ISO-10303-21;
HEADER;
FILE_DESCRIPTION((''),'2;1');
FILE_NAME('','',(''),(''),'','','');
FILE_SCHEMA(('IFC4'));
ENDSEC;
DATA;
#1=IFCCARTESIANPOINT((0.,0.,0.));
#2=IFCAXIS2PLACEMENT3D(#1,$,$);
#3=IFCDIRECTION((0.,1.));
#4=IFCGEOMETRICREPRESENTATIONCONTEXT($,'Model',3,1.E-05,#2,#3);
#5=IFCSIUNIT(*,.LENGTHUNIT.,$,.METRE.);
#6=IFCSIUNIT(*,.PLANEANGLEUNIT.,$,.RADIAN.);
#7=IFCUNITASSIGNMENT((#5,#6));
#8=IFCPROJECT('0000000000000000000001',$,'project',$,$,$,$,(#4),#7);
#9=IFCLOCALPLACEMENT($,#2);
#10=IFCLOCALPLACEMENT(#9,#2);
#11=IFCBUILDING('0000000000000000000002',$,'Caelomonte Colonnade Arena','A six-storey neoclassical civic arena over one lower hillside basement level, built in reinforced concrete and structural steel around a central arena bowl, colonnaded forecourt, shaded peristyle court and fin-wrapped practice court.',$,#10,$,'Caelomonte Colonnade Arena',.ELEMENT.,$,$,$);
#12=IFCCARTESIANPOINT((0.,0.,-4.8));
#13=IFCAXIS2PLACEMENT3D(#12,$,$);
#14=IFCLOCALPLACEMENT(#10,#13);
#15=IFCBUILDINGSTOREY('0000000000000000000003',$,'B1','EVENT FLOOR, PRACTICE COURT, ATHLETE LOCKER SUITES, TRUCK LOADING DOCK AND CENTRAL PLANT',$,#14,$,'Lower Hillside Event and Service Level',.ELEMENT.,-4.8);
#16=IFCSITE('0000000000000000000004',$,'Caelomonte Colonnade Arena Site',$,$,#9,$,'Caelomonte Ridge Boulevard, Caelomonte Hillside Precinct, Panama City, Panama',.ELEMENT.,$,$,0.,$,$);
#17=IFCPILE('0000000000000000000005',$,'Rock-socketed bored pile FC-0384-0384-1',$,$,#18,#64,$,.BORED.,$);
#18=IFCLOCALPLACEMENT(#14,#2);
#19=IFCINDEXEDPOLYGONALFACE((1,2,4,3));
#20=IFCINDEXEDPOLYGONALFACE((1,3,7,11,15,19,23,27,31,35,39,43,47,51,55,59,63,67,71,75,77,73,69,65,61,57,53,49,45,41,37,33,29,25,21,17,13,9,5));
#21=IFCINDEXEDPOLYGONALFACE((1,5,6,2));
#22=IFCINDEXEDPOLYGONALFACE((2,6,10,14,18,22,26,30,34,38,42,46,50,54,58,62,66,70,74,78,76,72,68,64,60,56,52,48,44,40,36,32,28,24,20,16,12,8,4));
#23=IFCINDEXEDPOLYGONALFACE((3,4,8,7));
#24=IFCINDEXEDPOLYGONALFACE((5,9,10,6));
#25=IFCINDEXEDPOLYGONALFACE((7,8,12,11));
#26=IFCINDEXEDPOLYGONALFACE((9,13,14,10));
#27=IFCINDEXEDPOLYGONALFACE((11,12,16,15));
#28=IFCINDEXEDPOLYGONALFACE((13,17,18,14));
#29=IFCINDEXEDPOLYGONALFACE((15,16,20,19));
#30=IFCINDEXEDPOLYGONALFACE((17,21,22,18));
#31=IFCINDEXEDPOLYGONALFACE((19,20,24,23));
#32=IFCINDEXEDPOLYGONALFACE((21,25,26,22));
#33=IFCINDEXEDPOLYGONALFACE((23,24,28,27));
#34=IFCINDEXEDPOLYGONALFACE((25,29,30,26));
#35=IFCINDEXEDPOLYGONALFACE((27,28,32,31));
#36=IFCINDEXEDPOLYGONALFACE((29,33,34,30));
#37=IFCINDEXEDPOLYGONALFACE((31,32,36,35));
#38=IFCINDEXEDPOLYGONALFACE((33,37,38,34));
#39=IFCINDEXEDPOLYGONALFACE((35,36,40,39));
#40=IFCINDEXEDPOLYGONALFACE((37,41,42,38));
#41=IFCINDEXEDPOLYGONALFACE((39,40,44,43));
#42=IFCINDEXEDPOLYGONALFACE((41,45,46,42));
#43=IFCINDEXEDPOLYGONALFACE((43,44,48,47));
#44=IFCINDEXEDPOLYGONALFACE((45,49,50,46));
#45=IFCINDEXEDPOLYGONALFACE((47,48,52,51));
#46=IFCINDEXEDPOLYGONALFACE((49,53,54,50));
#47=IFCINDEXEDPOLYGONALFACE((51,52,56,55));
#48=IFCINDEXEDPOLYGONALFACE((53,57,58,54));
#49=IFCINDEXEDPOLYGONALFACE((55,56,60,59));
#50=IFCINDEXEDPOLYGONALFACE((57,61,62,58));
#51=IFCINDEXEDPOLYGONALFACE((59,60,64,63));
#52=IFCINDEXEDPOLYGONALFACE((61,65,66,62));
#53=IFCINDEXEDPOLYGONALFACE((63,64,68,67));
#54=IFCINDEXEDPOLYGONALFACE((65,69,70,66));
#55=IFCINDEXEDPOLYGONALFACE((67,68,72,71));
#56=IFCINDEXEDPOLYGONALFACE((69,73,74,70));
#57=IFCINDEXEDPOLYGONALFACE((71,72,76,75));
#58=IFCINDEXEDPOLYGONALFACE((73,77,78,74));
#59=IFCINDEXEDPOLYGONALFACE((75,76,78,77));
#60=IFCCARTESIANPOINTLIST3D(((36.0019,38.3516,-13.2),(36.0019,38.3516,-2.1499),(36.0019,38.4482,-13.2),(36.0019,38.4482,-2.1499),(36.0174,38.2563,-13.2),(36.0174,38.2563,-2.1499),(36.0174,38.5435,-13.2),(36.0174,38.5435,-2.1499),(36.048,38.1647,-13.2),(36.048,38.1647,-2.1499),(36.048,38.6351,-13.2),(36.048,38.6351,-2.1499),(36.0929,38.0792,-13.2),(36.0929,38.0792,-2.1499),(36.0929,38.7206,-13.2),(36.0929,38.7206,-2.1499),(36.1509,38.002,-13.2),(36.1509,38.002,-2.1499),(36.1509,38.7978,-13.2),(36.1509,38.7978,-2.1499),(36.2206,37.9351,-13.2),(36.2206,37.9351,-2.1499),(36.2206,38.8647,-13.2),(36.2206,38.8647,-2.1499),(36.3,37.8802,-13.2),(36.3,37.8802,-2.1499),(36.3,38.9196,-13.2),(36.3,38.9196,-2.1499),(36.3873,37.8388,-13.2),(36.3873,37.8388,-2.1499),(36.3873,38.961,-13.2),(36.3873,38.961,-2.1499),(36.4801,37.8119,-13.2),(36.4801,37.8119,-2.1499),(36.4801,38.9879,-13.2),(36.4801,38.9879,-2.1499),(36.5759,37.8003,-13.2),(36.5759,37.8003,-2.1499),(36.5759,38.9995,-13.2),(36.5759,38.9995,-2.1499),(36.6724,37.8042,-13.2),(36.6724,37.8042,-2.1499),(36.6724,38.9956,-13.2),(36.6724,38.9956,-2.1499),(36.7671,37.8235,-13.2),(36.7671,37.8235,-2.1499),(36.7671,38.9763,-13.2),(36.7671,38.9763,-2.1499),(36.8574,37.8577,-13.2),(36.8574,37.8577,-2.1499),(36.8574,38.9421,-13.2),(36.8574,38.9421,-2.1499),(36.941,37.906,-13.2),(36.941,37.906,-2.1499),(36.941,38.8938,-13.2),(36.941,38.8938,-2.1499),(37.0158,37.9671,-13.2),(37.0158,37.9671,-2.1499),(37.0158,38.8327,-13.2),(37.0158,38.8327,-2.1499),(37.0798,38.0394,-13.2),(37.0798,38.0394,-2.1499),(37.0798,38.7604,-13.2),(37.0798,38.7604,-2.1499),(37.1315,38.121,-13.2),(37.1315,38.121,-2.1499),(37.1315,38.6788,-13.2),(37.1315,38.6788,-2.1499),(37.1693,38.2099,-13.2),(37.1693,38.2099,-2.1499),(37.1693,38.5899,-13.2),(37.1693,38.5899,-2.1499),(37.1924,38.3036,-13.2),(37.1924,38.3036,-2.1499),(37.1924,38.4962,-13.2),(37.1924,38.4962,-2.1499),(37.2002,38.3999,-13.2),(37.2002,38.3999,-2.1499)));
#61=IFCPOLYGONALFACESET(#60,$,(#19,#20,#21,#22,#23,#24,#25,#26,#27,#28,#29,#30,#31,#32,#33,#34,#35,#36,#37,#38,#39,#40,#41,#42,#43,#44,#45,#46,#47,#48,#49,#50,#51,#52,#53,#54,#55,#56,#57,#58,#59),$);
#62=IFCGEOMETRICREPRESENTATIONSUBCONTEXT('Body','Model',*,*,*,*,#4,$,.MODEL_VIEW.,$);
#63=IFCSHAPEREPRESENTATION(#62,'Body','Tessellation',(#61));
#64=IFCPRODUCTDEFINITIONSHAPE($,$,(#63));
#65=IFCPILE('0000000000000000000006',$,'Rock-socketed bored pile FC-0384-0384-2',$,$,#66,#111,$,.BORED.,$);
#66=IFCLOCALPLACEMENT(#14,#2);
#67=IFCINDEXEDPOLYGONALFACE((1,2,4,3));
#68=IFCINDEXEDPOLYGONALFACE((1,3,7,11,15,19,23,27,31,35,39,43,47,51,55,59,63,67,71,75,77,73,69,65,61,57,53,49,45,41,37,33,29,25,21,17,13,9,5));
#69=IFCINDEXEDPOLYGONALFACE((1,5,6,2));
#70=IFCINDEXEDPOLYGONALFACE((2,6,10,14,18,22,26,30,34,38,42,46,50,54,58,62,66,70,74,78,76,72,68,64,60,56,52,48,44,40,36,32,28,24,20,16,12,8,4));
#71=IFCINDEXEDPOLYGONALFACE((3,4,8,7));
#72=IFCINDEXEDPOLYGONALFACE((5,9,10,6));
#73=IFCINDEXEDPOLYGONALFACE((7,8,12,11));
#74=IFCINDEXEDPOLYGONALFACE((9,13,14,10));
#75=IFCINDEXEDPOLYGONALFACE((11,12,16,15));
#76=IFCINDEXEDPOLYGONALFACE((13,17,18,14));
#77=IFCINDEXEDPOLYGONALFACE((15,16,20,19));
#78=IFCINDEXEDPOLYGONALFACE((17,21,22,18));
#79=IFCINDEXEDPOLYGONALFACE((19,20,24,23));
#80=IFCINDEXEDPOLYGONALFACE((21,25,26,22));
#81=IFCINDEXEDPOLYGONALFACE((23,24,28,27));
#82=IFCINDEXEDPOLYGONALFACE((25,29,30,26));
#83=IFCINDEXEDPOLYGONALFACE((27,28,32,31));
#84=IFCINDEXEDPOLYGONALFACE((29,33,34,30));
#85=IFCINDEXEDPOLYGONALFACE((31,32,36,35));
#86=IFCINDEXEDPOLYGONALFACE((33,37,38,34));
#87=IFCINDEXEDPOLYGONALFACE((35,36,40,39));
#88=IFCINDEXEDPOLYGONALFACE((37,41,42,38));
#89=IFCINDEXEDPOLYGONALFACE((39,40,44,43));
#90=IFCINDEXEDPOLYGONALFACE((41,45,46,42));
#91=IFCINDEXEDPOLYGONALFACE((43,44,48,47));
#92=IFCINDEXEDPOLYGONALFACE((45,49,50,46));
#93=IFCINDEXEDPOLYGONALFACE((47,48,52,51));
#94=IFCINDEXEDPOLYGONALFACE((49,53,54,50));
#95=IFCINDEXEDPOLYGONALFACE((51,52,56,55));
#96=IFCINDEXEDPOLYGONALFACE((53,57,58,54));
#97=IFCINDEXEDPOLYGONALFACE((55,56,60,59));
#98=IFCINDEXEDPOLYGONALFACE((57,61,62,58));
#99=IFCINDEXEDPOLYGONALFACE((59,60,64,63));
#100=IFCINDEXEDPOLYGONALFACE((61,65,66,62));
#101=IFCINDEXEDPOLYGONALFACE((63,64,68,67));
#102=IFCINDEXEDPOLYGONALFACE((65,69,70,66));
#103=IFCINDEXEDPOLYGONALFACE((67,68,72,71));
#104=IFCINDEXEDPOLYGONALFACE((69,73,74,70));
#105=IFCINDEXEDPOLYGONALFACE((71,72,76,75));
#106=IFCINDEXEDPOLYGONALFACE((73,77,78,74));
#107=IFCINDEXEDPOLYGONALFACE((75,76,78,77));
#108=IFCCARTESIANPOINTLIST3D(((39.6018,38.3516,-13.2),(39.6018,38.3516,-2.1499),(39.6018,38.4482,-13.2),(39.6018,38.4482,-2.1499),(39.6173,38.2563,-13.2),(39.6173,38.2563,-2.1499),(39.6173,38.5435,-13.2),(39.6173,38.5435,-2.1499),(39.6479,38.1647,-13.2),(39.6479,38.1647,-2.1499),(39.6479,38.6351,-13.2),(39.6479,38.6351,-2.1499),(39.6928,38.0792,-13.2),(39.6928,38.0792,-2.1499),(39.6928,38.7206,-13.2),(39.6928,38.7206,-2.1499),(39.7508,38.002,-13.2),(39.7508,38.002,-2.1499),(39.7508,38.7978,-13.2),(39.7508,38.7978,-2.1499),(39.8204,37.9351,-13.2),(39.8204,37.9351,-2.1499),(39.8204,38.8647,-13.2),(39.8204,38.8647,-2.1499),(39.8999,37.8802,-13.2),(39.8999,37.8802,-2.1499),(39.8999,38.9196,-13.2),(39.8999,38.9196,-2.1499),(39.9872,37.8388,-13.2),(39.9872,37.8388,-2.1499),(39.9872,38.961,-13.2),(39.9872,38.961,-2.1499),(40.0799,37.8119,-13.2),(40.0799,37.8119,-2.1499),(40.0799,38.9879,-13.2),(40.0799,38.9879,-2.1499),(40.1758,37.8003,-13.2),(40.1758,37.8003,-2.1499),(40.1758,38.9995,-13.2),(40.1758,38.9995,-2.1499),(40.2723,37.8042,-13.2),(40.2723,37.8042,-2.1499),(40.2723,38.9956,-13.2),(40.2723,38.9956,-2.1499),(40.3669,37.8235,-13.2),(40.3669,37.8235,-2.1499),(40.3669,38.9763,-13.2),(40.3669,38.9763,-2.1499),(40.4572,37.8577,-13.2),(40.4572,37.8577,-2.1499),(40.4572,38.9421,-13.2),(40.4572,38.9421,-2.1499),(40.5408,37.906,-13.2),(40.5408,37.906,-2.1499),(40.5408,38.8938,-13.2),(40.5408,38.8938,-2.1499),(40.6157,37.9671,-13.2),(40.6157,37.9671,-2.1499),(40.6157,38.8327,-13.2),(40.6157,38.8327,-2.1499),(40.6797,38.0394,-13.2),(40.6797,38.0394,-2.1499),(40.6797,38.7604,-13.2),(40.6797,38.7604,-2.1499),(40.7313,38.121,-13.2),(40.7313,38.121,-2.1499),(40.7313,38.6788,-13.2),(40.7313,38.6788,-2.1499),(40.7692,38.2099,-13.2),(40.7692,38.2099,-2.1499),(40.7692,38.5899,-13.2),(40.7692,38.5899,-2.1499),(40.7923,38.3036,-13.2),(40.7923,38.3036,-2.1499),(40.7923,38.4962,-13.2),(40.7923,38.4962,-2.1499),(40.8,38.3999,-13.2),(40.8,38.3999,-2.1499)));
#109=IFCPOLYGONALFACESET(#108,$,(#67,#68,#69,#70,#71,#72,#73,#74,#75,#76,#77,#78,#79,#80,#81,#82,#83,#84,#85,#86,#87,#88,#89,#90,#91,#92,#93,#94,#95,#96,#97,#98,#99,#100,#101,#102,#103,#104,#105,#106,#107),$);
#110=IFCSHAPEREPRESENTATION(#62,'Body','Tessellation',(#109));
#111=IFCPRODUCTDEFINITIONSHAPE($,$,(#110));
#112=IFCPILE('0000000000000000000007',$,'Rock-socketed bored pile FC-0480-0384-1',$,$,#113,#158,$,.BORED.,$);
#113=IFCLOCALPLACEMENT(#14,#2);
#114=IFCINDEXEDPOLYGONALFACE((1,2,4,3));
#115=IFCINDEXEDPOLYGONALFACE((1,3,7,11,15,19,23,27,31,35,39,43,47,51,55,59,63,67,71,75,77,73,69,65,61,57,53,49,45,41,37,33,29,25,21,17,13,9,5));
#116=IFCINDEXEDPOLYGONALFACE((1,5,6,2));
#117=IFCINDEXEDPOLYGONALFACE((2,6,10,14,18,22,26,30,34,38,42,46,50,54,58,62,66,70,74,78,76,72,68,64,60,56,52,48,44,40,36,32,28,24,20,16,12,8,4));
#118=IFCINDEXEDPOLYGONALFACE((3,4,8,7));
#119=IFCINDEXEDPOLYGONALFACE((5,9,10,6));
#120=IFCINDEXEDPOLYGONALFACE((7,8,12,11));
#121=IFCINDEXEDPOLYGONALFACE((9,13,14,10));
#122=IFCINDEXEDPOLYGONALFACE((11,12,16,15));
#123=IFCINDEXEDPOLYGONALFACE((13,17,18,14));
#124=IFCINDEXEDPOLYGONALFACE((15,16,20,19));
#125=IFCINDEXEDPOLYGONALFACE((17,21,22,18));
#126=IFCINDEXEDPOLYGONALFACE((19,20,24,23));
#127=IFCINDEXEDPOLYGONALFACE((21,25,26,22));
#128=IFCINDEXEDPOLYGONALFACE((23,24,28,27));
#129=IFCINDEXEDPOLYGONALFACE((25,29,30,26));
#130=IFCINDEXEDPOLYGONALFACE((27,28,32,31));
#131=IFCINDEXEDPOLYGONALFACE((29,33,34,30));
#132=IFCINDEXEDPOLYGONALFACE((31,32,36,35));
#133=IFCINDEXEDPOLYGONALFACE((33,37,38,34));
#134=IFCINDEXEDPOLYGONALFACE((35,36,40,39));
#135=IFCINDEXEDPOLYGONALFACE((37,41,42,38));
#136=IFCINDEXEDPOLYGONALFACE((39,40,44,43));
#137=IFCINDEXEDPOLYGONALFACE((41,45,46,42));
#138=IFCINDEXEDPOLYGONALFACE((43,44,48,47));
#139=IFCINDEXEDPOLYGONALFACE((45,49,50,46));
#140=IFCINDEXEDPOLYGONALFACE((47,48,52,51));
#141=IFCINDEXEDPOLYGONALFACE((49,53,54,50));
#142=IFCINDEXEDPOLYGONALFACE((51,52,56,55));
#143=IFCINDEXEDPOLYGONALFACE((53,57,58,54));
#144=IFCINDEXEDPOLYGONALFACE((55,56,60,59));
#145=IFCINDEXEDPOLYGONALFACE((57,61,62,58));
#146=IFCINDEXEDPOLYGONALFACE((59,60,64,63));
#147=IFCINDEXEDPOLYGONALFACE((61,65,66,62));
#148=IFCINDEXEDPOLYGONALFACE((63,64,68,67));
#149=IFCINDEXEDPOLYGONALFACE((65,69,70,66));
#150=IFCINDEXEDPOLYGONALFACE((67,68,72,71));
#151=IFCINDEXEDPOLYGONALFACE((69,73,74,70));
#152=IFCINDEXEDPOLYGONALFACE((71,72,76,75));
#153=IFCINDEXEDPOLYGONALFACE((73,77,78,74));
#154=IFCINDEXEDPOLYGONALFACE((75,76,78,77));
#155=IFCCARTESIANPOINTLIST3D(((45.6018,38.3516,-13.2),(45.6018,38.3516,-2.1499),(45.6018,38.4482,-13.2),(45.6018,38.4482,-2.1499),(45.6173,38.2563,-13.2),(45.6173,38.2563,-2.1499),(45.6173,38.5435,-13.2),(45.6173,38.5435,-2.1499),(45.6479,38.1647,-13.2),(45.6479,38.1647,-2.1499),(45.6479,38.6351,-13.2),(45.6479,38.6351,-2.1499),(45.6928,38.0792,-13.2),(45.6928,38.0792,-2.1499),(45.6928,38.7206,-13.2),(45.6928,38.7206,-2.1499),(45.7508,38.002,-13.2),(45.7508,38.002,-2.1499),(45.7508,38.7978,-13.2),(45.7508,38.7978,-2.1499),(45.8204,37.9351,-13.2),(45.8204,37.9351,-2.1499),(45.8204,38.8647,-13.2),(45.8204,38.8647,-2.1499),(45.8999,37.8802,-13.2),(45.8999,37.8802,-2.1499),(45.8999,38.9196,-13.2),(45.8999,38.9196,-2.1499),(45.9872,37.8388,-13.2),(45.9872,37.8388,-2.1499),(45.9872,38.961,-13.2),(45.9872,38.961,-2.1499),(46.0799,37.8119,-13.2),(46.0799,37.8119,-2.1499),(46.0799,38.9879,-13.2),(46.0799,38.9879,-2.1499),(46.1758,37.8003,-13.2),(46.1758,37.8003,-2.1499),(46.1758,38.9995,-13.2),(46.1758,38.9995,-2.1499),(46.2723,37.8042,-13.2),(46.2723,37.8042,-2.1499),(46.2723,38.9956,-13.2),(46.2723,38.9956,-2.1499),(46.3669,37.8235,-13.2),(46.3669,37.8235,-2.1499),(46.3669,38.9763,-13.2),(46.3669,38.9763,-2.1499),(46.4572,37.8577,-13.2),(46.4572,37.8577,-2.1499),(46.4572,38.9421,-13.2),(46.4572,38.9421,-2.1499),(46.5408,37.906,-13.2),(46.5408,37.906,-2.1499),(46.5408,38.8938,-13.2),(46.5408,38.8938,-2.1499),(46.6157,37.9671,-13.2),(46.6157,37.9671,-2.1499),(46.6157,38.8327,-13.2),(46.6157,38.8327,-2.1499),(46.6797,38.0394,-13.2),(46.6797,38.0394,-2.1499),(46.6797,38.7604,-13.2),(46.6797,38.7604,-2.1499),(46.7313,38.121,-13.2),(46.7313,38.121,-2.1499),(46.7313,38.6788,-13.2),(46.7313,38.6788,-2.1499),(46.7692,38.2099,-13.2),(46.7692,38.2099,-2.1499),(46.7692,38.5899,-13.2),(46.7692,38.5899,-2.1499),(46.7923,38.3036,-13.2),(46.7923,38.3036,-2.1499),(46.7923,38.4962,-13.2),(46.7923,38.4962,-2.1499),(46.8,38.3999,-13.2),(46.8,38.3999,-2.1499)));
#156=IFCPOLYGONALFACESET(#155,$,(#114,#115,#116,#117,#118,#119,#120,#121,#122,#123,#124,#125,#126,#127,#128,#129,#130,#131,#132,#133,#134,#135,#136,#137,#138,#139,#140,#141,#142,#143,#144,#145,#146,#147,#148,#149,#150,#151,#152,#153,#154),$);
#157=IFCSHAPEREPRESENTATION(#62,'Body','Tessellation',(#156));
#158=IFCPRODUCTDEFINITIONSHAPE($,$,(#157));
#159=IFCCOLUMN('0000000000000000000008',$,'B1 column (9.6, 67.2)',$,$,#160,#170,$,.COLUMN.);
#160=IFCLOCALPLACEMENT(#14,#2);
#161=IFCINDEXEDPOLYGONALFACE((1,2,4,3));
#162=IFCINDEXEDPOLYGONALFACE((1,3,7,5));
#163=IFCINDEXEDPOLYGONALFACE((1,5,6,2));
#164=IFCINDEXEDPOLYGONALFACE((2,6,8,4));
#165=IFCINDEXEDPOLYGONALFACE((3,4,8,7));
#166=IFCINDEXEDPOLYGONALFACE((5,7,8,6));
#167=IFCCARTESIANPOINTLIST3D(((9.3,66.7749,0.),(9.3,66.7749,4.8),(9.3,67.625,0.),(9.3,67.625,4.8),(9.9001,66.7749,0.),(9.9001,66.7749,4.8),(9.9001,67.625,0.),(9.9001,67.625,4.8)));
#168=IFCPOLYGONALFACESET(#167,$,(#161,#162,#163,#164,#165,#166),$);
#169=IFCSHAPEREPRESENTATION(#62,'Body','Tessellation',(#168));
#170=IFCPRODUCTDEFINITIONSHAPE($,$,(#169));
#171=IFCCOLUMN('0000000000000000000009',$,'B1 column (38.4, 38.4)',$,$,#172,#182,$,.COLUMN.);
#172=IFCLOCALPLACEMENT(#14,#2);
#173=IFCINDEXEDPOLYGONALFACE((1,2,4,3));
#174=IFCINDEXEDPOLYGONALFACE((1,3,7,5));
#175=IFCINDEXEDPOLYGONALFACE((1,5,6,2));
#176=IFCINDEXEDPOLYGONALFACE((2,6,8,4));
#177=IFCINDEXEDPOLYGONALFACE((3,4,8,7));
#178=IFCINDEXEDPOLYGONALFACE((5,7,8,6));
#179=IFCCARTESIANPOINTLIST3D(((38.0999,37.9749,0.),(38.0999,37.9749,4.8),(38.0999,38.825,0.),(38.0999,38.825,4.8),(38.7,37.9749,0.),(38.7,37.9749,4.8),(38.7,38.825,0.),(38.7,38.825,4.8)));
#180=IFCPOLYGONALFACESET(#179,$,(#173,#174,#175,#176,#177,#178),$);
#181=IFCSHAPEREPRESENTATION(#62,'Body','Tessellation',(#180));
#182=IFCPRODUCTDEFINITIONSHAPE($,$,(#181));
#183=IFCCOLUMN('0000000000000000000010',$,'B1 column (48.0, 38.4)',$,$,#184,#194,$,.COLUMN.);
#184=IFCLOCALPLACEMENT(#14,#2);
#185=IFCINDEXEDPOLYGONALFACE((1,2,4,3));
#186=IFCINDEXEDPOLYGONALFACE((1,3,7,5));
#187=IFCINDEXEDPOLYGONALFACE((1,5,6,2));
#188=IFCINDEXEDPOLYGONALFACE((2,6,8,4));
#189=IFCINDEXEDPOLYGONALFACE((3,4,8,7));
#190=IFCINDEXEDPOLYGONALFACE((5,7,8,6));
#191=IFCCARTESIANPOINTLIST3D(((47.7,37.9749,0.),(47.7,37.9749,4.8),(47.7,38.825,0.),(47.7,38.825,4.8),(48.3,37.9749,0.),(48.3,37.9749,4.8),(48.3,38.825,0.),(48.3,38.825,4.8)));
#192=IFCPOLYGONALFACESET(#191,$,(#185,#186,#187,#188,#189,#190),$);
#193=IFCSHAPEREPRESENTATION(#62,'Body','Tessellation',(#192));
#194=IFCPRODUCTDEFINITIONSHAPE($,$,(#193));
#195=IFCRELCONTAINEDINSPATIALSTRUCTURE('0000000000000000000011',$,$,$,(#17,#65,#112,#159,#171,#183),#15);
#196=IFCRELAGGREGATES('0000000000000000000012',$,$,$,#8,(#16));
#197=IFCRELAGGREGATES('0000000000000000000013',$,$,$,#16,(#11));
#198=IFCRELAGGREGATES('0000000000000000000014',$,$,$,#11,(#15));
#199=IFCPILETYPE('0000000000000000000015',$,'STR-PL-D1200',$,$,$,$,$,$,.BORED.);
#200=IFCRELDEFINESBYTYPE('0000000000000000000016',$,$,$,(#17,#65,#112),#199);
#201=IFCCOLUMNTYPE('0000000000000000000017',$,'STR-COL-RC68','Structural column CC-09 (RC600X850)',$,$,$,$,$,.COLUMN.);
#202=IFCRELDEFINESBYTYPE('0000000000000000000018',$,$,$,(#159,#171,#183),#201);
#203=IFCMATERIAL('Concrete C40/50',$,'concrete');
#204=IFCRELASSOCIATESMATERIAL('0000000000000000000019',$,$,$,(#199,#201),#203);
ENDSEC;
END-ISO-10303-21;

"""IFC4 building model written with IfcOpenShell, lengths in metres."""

from ifc_helpers import new_model, si_unit, direction, frame, origin, origin_2d, place, context, subcontext, project, spatial, rectangle, circle, extrude, material, material_profile, profile_set, type_object, element, save


model = new_model("IFC4")

# Units and contexts
model_context = context("Model", 3, precision=1e-05, world=origin(), true_north=direction((0.0, 1.0)))
body_context = subcontext(model_context, "Body", "Model", "MODEL_VIEW")
ifc_project = project(units=[si_unit("LENGTHUNIT", "METRE"), si_unit("PLANEANGLEUNIT", "RADIAN")], contexts=[model_context])

# Site, building, storey
site_placement = place(None, origin())
site = spatial("IfcSite", under=ifc_project, at=site_placement, Name="Caelomonte Colonnade Arena Site", LongName="Caelomonte Ridge Boulevard, Caelomonte Hillside Precinct, Panama City, Panama", CompositionType="ELEMENT", RefElevation=0.0)
building_placement = place(site_placement, origin())
building = spatial("IfcBuilding", under=site, at=building_placement, Name="Caelomonte Colonnade Arena", Description="A six-storey neoclassical civic arena over one lower hillside basement level, built in reinforced concrete and structural steel around a central arena bowl, colonnaded forecourt, shaded peristyle court and fin-wrapped practice court.", LongName="Caelomonte Colonnade Arena", CompositionType="ELEMENT")
storey_placement = place(building_placement, frame((0.0, 0.0, -4.8)))
storey = spatial("IfcBuildingStorey", under=building, at=storey_placement, Name="B1", Description="EVENT FLOOR, PRACTICE COURT, ATHLETE LOCKER SUITES, TRUCK LOADING DOCK AND CENTRAL PLANT", LongName="Lower Hillside Event and Service Level", CompositionType="ELEMENT", Elevation=-4.8)

# Shared definitions
ifc_material_1 = material(Name="Concrete C40/50", Category="concrete")

# Piles
ifc_material_profile_1 = material_profile(ifc_material_1, circle(Radius=0.6001, at=origin_2d()), Name="PILE-D1200")
ifc_profile_set_1 = profile_set([ifc_material_profile_1], Name="Concrete C40/50")
pile_type_1 = type_object("IfcPileType", Name="STR-PL-D1200", PredefinedType="BORED", material=ifc_profile_set_1)
for number, where, z_axis, x_axis, name in (
    (1, (36.6001, 38.3999, -2.1499), (0.0, 0.0, -1.0), (1.0, 0.0, 0.0), "Rock-socketed bored pile FC-0384-0384-1"),
    (2, (40.2, 38.3999, -2.1499), (0.0, 0.0, -1.0), (1.0, 0.0, 0.0), "Rock-socketed bored pile FC-0384-0384-2"),
    (3, (46.2, 38.3999, -2.1499), (0.0, 0.0, -1.0), (1.0, 0.0, 0.0), "Rock-socketed bored pile FC-0480-0384-1"),
):
    element("IfcPile", number, at=place(storey_placement, frame(where, z_axis=z_axis, x_axis=x_axis)), inside=storey, type_object=pile_type_1, Name=name, PredefinedType="BORED", context=body_context, shape_type="SweptSolid", body=[
        extrude(circle(Radius=0.6001, at=origin_2d()), origin(), (0.0, 0.0, 1.0), 11.05),
    ])

# Columns
ifc_material_profile_2 = material_profile(ifc_material_1, rectangle(XDim=0.6001, YDim=0.8501, at=origin_2d()), Name="RC600X850")
ifc_profile_set_2 = profile_set([ifc_material_profile_2], Name="Concrete C40/50")
column_type_1 = type_object("IfcColumnType", Name="STR-COL-RC68", Description="Structural column CC-09 (RC600X850)", PredefinedType="COLUMN", material=ifc_profile_set_2)
for number, where, z_axis, x_axis, name in (
    (4, (9.6001, 67.2, 0.0), (0.0, 0.0, 1.0), (1.0, 0.0, 0.0), "B1 column (9.6, 67.2)"),
    (5, (38.3999, 38.3999, 0.0), (0.0, 0.0, 1.0), (1.0, 0.0, 0.0), "B1 column (38.4, 38.4)"),
    (6, (48.0, 38.3999, 0.0), (0.0, 0.0, 1.0), (1.0, 0.0, 0.0), "B1 column (48.0, 38.4)"),
):
    element("IfcColumn", number, at=place(storey_placement, frame(where, z_axis=z_axis, x_axis=x_axis)), inside=storey, type_object=column_type_1, Name=name, PredefinedType="COLUMN", context=body_context, shape_type="SweptSolid", body=[
        extrude(rectangle(XDim=0.6001, YDim=0.8501, at=origin_2d()), origin(), (0.0, 0.0, 1.0), 4.8),
    ])

save(model, "model.ifc")
